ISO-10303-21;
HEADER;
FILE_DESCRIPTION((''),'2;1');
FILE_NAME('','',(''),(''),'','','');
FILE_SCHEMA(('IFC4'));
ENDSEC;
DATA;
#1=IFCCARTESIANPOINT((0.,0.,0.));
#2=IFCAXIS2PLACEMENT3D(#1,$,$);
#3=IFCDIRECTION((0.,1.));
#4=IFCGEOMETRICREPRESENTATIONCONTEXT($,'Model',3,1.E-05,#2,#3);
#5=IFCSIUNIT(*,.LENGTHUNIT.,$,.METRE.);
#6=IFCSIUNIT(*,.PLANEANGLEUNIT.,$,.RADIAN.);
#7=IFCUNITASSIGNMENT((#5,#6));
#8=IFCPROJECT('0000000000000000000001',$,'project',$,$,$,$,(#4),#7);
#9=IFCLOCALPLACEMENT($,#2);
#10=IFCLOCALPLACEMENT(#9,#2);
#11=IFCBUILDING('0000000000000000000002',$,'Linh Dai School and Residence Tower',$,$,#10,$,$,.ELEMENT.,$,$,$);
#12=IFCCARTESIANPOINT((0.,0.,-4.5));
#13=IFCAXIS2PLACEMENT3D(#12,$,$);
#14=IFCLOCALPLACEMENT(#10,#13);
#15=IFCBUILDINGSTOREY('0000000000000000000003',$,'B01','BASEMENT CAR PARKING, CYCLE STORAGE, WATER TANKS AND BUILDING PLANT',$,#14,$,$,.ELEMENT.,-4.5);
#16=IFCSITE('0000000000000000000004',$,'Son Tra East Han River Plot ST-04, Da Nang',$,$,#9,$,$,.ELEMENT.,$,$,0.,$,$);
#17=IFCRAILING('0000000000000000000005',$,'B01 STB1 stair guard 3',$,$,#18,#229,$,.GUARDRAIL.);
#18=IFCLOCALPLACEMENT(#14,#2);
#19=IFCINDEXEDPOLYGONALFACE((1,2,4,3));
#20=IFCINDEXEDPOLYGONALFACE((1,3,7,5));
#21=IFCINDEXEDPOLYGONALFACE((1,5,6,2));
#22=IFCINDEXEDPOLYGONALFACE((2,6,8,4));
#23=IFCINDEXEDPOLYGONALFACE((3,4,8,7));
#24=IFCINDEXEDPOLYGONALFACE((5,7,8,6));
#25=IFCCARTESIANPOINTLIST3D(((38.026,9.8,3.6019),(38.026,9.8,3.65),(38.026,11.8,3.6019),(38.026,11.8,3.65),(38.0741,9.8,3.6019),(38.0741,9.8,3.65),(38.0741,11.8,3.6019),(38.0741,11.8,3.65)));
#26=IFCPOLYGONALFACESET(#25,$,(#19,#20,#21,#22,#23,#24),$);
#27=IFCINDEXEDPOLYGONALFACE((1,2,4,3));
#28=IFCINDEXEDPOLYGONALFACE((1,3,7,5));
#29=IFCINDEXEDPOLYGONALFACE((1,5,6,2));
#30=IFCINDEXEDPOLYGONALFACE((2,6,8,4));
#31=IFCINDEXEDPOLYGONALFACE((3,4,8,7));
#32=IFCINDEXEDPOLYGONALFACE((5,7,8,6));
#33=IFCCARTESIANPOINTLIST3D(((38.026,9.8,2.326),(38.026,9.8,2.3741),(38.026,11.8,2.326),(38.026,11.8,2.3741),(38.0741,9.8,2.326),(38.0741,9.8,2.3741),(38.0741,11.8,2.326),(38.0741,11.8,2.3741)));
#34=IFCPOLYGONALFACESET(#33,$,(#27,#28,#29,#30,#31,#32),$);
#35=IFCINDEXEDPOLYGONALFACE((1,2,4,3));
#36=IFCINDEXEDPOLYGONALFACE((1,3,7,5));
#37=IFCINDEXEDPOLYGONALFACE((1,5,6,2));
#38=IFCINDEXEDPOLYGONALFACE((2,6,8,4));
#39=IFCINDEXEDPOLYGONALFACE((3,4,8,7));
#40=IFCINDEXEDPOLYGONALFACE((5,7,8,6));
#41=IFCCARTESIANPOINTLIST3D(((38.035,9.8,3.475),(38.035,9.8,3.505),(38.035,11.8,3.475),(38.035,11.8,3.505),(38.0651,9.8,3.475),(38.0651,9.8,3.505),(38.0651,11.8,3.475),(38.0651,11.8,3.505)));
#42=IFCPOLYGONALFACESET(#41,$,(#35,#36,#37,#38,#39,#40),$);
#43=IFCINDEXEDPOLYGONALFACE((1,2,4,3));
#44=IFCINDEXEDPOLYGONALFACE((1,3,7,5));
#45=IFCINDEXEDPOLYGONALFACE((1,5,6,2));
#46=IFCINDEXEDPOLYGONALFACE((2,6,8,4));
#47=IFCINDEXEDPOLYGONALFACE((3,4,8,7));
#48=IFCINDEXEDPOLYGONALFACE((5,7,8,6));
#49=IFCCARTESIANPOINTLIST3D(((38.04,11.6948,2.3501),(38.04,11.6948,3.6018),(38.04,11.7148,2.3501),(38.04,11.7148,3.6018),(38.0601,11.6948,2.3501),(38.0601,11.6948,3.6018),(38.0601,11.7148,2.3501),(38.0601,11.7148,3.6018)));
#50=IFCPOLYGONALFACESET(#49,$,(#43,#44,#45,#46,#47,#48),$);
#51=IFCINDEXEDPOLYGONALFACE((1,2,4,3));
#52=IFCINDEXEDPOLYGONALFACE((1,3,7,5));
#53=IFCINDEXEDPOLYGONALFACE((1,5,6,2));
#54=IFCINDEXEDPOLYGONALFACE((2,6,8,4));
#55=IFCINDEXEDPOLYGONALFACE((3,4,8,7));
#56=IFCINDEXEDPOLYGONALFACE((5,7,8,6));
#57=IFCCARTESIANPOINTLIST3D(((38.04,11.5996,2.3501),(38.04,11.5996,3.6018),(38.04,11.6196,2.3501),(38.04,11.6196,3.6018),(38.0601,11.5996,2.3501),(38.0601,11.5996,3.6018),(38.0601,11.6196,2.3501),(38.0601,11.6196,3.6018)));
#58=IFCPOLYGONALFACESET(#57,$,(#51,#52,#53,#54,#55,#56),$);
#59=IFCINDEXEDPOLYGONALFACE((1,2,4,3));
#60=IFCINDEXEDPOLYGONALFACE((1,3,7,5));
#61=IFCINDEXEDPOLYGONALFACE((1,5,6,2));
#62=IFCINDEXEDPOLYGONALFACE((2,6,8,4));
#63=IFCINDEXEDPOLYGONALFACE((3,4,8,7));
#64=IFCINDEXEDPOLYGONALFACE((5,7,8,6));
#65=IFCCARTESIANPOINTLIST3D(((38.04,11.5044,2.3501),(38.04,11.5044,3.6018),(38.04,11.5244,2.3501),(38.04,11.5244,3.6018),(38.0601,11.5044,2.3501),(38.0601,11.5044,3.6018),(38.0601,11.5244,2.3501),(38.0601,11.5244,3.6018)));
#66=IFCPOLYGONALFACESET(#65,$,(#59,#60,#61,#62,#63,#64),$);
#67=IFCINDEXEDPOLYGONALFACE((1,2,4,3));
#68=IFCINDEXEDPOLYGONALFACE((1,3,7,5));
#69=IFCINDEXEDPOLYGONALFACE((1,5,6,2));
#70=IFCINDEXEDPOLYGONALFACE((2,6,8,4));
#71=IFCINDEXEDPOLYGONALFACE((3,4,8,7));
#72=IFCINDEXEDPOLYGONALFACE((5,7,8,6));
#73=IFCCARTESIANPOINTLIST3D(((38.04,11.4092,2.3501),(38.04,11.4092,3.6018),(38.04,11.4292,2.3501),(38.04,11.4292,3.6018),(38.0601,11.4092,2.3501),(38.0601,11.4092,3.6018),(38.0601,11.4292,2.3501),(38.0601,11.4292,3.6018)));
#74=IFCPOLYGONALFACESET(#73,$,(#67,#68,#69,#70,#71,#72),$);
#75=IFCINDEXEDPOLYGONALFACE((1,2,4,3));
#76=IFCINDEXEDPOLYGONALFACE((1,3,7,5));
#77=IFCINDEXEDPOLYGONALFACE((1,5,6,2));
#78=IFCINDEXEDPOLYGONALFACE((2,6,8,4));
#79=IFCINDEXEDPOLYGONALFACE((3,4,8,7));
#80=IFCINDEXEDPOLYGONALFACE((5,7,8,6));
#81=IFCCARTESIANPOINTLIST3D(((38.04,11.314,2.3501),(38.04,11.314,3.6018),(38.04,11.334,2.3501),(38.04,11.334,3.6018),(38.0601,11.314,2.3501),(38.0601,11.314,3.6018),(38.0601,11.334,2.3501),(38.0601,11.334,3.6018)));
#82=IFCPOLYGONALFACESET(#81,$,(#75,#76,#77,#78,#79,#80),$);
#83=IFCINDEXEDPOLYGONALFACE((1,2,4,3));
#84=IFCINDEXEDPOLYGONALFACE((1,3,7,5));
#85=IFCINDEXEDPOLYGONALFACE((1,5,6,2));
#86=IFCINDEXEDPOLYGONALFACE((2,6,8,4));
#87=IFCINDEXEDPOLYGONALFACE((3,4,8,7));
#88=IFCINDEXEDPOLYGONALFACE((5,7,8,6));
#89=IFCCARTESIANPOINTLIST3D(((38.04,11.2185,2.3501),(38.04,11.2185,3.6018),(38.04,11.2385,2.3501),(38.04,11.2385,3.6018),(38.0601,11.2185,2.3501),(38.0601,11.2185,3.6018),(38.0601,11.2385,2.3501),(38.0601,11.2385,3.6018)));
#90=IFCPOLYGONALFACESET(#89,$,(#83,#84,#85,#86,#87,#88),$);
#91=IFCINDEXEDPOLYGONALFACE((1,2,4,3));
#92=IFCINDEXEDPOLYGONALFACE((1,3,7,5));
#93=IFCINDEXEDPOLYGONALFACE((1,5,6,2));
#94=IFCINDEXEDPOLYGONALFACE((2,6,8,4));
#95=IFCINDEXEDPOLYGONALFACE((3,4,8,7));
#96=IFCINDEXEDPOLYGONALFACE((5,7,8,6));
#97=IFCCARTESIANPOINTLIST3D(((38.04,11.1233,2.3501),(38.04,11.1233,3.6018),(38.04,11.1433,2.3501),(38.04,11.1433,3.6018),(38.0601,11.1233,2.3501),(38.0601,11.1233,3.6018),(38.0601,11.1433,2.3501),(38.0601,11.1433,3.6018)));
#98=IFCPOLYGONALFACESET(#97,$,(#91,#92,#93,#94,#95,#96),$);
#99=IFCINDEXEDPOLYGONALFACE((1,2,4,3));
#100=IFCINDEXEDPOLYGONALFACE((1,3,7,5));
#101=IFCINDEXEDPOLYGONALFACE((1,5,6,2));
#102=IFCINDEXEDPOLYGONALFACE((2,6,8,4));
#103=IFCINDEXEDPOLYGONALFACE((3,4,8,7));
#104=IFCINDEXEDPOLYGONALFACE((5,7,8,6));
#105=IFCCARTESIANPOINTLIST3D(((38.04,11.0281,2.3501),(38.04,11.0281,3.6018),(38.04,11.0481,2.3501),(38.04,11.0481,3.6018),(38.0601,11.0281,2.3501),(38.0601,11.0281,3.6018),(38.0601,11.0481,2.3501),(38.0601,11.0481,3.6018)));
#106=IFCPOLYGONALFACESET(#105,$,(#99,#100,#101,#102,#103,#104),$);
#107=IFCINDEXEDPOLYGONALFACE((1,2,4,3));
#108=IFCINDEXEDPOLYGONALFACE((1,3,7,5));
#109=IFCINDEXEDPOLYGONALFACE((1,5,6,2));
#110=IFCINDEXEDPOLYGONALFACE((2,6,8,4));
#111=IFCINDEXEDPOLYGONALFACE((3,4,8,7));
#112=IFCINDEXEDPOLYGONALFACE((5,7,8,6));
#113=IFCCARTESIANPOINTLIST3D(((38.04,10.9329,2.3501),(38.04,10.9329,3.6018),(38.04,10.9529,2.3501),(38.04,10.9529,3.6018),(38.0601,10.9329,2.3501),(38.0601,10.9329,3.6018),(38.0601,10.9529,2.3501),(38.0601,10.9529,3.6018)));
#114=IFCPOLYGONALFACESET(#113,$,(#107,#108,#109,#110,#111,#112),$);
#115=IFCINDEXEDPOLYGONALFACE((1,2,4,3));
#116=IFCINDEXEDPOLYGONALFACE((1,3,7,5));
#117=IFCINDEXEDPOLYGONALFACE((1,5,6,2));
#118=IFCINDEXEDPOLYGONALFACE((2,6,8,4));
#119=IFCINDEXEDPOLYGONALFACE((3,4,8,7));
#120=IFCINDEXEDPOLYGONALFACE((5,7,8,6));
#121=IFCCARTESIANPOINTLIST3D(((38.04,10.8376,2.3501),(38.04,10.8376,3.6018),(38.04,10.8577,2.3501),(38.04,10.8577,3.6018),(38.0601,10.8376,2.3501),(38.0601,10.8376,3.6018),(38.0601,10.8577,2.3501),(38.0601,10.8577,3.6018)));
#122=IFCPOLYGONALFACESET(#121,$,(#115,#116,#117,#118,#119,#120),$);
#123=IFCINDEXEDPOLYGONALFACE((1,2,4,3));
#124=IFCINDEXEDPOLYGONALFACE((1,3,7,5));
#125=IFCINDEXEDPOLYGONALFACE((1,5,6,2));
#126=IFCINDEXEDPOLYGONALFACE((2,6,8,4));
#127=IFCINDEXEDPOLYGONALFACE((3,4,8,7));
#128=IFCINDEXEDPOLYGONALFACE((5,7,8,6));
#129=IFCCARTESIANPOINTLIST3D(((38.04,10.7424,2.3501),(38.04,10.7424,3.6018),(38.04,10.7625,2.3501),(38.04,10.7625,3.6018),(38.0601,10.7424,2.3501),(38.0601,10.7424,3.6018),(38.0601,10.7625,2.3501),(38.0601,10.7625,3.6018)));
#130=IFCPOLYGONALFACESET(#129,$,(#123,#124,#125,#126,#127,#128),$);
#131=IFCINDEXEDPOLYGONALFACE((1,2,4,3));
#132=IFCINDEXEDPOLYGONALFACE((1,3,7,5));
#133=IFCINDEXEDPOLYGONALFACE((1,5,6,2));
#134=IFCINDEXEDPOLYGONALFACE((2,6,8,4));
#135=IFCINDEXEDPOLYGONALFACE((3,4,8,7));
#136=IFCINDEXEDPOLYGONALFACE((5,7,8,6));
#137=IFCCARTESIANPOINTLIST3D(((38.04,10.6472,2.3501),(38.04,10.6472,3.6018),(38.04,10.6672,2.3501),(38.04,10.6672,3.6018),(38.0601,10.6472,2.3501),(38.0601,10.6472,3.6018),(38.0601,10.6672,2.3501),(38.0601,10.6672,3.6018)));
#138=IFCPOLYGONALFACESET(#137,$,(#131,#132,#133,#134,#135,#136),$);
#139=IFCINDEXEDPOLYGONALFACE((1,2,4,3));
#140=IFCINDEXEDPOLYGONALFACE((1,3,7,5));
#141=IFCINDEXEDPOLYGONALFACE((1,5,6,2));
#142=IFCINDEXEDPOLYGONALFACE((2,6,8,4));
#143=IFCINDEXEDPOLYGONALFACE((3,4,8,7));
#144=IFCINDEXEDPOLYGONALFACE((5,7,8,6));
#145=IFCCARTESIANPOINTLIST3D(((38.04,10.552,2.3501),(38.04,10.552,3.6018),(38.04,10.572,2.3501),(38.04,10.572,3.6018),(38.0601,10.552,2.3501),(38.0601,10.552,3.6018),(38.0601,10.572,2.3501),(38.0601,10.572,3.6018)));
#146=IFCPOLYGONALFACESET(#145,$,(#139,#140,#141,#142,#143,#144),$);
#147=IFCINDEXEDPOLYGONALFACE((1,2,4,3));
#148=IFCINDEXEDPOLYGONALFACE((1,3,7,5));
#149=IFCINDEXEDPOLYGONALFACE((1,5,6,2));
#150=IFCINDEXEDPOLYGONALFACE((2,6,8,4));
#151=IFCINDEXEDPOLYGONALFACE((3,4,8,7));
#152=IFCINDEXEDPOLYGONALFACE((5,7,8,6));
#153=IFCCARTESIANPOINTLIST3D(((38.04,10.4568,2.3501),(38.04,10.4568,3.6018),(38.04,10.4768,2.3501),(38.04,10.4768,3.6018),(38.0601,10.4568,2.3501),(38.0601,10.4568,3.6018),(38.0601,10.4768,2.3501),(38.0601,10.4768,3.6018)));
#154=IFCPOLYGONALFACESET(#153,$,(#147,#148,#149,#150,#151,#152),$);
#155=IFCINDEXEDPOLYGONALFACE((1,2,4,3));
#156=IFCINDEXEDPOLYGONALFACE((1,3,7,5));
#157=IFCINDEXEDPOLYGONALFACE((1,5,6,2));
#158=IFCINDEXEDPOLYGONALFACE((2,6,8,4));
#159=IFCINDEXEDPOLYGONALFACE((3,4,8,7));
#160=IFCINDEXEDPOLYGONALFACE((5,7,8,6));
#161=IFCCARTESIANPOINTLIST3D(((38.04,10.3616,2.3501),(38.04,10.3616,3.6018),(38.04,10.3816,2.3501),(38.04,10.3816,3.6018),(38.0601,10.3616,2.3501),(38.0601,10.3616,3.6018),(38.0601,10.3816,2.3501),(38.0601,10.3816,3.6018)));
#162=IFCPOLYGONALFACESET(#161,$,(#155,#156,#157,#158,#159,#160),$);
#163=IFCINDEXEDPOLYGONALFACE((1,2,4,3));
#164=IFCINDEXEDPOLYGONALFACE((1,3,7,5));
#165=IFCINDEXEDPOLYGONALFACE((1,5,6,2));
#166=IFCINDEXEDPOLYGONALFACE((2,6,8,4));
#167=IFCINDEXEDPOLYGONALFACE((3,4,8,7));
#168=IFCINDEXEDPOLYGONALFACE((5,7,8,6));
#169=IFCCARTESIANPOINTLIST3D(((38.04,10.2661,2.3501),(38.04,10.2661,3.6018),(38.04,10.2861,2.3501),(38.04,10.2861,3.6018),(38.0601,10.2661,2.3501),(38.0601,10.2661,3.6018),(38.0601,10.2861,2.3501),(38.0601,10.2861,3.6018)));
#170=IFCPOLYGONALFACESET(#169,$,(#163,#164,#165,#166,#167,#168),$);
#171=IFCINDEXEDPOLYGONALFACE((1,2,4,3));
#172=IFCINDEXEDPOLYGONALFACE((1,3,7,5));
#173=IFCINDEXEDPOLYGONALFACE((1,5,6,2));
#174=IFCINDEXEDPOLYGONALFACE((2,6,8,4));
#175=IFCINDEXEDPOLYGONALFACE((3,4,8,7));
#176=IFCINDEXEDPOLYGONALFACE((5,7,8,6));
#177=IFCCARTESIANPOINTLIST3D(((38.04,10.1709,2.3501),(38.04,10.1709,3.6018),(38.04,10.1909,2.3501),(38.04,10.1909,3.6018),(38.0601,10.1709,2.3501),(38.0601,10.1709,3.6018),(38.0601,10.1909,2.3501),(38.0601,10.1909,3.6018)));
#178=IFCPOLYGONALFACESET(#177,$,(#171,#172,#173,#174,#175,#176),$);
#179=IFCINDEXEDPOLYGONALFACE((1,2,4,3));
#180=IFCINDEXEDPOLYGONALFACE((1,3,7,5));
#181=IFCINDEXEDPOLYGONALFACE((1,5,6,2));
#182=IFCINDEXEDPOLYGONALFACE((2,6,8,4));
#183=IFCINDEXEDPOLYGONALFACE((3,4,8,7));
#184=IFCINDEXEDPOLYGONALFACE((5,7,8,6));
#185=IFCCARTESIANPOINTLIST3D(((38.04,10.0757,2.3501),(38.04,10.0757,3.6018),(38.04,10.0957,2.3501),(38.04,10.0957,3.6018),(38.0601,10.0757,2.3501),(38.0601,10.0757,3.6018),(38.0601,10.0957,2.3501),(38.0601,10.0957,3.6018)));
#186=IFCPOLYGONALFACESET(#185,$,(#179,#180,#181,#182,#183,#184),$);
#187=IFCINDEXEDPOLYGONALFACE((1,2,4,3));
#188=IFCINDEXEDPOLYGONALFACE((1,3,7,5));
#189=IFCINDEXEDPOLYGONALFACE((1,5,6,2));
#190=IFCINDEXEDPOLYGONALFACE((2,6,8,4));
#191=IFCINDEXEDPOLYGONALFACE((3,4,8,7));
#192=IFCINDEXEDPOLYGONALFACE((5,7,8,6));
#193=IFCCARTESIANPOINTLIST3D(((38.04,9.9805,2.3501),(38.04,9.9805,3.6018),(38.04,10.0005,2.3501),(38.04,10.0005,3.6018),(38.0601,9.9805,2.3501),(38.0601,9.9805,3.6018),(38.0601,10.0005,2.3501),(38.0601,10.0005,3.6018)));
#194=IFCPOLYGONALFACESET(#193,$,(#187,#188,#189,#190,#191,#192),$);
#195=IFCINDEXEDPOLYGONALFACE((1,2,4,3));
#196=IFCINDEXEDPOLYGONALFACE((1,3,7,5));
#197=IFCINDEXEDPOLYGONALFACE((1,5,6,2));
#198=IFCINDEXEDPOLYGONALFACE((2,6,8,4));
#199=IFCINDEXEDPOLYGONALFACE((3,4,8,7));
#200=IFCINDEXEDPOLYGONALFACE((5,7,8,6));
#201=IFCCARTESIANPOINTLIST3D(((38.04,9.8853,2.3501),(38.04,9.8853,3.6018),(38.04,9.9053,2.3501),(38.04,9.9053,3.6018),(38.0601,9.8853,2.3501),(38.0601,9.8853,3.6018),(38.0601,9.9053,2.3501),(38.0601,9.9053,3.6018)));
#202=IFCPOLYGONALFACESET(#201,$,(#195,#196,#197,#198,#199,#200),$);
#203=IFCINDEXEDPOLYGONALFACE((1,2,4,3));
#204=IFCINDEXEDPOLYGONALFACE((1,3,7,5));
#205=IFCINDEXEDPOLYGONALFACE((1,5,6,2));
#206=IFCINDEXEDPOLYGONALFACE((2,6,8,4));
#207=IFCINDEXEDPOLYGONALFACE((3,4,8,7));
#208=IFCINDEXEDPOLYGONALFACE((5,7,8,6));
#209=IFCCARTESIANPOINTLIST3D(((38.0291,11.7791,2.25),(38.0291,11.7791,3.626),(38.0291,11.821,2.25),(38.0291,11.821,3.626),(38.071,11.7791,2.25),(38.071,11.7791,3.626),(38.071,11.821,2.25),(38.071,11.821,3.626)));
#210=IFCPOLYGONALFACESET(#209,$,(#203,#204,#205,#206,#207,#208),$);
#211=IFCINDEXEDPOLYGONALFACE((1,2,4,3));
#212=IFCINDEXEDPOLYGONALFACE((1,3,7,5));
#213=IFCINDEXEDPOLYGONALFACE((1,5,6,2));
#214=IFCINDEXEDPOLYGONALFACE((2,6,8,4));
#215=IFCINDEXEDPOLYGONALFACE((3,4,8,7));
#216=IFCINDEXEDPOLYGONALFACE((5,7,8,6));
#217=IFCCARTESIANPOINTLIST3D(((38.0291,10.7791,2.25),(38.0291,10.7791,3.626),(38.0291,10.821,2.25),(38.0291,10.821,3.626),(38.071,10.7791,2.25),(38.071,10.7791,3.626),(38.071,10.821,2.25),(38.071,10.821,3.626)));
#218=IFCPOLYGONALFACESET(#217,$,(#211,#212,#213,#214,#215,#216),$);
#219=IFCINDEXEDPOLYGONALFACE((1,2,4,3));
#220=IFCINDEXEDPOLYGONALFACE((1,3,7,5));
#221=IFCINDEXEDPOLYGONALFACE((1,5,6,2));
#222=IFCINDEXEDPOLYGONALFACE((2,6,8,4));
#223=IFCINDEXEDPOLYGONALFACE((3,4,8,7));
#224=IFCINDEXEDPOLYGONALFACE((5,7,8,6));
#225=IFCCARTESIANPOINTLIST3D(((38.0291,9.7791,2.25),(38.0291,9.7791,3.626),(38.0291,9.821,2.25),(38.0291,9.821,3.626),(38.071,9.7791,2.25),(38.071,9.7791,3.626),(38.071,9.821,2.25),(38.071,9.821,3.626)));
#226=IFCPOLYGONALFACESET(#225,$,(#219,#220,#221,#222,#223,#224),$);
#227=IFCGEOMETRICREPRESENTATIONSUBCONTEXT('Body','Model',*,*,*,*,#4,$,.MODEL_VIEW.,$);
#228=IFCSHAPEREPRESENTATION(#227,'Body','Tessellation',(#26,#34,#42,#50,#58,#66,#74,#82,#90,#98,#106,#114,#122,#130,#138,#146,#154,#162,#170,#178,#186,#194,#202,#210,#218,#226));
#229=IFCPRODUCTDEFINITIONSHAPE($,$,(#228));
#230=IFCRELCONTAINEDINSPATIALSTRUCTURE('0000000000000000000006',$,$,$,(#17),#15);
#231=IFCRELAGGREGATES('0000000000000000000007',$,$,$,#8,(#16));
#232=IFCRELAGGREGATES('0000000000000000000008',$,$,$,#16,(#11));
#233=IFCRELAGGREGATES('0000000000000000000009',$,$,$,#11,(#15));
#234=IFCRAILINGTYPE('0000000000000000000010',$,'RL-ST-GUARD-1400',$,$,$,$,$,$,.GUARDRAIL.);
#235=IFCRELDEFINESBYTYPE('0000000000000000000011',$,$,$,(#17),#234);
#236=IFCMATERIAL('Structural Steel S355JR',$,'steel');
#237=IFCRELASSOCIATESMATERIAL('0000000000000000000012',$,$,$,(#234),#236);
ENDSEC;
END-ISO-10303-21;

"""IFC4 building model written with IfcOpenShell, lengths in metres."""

from ifc_helpers import new_model, si_unit, direction, frame, origin, origin_2d, place, context, subcontext, project, spatial, rectangle, extrude, source, transform, mapped, material, type_object, element, save


model = new_model("IFC4")

# Units and contexts
model_context = context("Model", 3, precision=1e-05, world=origin(), true_north=direction((0.0, 1.0)))
body_context = subcontext(model_context, "Body", "Model", "MODEL_VIEW")
ifc_project = project(units=[si_unit("LENGTHUNIT", "METRE"), si_unit("PLANEANGLEUNIT", "RADIAN")], contexts=[model_context])

# Site, building, storey
site_placement = place(None, origin())
site = spatial("IfcSite", under=ifc_project, at=site_placement, Name="Son Tra East Han River Plot ST-04, Da Nang", CompositionType="ELEMENT", RefElevation=0.0)
building_placement = place(site_placement, origin())
building = spatial("IfcBuilding", under=site, at=building_placement, Name="Linh Dai School and Residence Tower", CompositionType="ELEMENT")
storey_placement = place(building_placement, frame((0.0, 0.0, -4.5)))
storey = spatial("IfcBuildingStorey", under=building, at=storey_placement, Name="B01", Description="BASEMENT CAR PARKING, CYCLE STORAGE, WATER TANKS AND BUILDING PLANT", CompositionType="ELEMENT", Elevation=-4.5)

# Shared definitions
ifc_material_1 = material(Name="Structural Steel S355JR", Category="steel")

# Railing
railing_type_1 = type_object("IfcRailingType", Name="RL-ST-GUARD-1400", PredefinedType="GUARDRAIL", material=ifc_material_1)
shared_shape_1 = source(origin(), body_context, "Body", "SweptSolid", [
    extrude(rectangle(XDim=0.0481, YDim=0.0481, at=origin_2d()), frame((0.0, 0.0, 1.376), z_axis=(0.0, -1.0, 0.0), x_axis=(1.0, 0.0, 0.0)), (0.0, 0.0, 1.0), 2.0),
    extrude(rectangle(XDim=0.0481, YDim=0.0481, at=origin_2d()), frame((0.0, 0.0, 0.1001), z_axis=(0.0, -1.0, 0.0), x_axis=(1.0, 0.0, 0.0)), (0.0, 0.0, 1.0), 2.0),
    extrude(rectangle(XDim=0.03, YDim=0.03, at=origin_2d()), frame((0.0, 0.0, 1.24), z_axis=(0.0, -1.0, 0.0), x_axis=(1.0, 0.0, 0.0)), (0.0, 0.0, 1.0), 2.0),
    extrude(rectangle(XDim=0.02, YDim=0.02, at=origin_2d()), frame((0.0, -0.0952, 0.1001)), (0.0, 0.0, 1.0), 1.2517),
    extrude(rectangle(XDim=0.02, YDim=0.02, at=origin_2d()), frame((0.0, -0.1904, 0.1001)), (0.0, 0.0, 1.0), 1.2517),
    extrude(rectangle(XDim=0.02, YDim=0.02, at=origin_2d()), frame((0.0, -0.2856, 0.1001)), (0.0, 0.0, 1.0), 1.2517),
    extrude(rectangle(XDim=0.02, YDim=0.02, at=origin_2d()), frame((0.0, -0.3809, 0.1001)), (0.0, 0.0, 1.0), 1.2517),
    extrude(rectangle(XDim=0.02, YDim=0.02, at=origin_2d()), frame((0.0, -0.4761, 0.1001)), (0.0, 0.0, 1.0), 1.2517),
    extrude(rectangle(XDim=0.02, YDim=0.02, at=origin_2d()), frame((0.0, -0.5715, 0.1001)), (0.0, 0.0, 1.0), 1.2517),
    extrude(rectangle(XDim=0.02, YDim=0.02, at=origin_2d()), frame((0.0, -0.6667, 0.1001)), (0.0, 0.0, 1.0), 1.2517),
    extrude(rectangle(XDim=0.02, YDim=0.02, at=origin_2d()), frame((0.0, -0.762, 0.1001)), (0.0, 0.0, 1.0), 1.2517),
    extrude(rectangle(XDim=0.02, YDim=0.02, at=origin_2d()), frame((0.0, -0.8572, 0.1001)), (0.0, 0.0, 1.0), 1.2517),
    extrude(rectangle(XDim=0.02, YDim=0.02, at=origin_2d()), frame((0.0, -0.9524, 0.1001)), (0.0, 0.0, 1.0), 1.2517),
    extrude(rectangle(XDim=0.02, YDim=0.02, at=origin_2d()), frame((0.0, -1.0476, 0.1001)), (0.0, 0.0, 1.0), 1.2517),
    extrude(rectangle(XDim=0.02, YDim=0.02, at=origin_2d()), frame((0.0, -1.1428, 0.1001)), (0.0, 0.0, 1.0), 1.2517),
    extrude(rectangle(XDim=0.02, YDim=0.02, at=origin_2d()), frame((0.0, -1.238, 0.1001)), (0.0, 0.0, 1.0), 1.2517),
    extrude(rectangle(XDim=0.02, YDim=0.02, at=origin_2d()), frame((0.0, -1.3333, 0.1001)), (0.0, 0.0, 1.0), 1.2517),
    extrude(rectangle(XDim=0.02, YDim=0.02, at=origin_2d()), frame((0.0, -1.4285, 0.1001)), (0.0, 0.0, 1.0), 1.2517),
    extrude(rectangle(XDim=0.02, YDim=0.02, at=origin_2d()), frame((0.0, -1.5239, 0.1001)), (0.0, 0.0, 1.0), 1.2517),
    extrude(rectangle(XDim=0.02, YDim=0.02, at=origin_2d()), frame((0.0, -1.6191, 0.1001)), (0.0, 0.0, 1.0), 1.2517),
    extrude(rectangle(XDim=0.02, YDim=0.02, at=origin_2d()), frame((0.0, -1.7144, 0.1001)), (0.0, 0.0, 1.0), 1.2517),
    extrude(rectangle(XDim=0.02, YDim=0.02, at=origin_2d()), frame((0.0, -1.8096, 0.1001)), (0.0, 0.0, 1.0), 1.2517),
    extrude(rectangle(XDim=0.02, YDim=0.02, at=origin_2d()), frame((0.0, -1.9048, 0.1001)), (0.0, 0.0, 1.0), 1.2517),
    extrude(rectangle(XDim=0.042, YDim=0.042, at=origin_2d()), origin(), (0.0, 0.0, 1.0), 1.376),
    extrude(rectangle(XDim=0.042, YDim=0.042, at=origin_2d()), frame((0.0, -1.0, 0.0)), (0.0, 0.0, 1.0), 1.376),
    extrude(rectangle(XDim=0.042, YDim=0.042, at=origin_2d()), frame((0.0, -2.0, 0.0)), (0.0, 0.0, 1.0), 1.376),
])
railing_1_placement = place(storey_placement, frame((38.05, 11.8, 2.25)))
element("IfcRailing", 1, at=railing_1_placement, inside=storey, type_object=railing_type_1, Name="B01 STB1 stair guard 3", PredefinedType="GUARDRAIL", context=body_context, shape_type="MappedRepresentation", body=[
    mapped(shared_shape_1, transform((0.0, 0.0, 0.0), x_axis=(1.0, 0.0, 0.0), y_axis=(0.0, 1.0, 0.0), z_axis=(0.0, 0.0, 1.0), scale=1.0)),
])

save(model, "model.ifc")
